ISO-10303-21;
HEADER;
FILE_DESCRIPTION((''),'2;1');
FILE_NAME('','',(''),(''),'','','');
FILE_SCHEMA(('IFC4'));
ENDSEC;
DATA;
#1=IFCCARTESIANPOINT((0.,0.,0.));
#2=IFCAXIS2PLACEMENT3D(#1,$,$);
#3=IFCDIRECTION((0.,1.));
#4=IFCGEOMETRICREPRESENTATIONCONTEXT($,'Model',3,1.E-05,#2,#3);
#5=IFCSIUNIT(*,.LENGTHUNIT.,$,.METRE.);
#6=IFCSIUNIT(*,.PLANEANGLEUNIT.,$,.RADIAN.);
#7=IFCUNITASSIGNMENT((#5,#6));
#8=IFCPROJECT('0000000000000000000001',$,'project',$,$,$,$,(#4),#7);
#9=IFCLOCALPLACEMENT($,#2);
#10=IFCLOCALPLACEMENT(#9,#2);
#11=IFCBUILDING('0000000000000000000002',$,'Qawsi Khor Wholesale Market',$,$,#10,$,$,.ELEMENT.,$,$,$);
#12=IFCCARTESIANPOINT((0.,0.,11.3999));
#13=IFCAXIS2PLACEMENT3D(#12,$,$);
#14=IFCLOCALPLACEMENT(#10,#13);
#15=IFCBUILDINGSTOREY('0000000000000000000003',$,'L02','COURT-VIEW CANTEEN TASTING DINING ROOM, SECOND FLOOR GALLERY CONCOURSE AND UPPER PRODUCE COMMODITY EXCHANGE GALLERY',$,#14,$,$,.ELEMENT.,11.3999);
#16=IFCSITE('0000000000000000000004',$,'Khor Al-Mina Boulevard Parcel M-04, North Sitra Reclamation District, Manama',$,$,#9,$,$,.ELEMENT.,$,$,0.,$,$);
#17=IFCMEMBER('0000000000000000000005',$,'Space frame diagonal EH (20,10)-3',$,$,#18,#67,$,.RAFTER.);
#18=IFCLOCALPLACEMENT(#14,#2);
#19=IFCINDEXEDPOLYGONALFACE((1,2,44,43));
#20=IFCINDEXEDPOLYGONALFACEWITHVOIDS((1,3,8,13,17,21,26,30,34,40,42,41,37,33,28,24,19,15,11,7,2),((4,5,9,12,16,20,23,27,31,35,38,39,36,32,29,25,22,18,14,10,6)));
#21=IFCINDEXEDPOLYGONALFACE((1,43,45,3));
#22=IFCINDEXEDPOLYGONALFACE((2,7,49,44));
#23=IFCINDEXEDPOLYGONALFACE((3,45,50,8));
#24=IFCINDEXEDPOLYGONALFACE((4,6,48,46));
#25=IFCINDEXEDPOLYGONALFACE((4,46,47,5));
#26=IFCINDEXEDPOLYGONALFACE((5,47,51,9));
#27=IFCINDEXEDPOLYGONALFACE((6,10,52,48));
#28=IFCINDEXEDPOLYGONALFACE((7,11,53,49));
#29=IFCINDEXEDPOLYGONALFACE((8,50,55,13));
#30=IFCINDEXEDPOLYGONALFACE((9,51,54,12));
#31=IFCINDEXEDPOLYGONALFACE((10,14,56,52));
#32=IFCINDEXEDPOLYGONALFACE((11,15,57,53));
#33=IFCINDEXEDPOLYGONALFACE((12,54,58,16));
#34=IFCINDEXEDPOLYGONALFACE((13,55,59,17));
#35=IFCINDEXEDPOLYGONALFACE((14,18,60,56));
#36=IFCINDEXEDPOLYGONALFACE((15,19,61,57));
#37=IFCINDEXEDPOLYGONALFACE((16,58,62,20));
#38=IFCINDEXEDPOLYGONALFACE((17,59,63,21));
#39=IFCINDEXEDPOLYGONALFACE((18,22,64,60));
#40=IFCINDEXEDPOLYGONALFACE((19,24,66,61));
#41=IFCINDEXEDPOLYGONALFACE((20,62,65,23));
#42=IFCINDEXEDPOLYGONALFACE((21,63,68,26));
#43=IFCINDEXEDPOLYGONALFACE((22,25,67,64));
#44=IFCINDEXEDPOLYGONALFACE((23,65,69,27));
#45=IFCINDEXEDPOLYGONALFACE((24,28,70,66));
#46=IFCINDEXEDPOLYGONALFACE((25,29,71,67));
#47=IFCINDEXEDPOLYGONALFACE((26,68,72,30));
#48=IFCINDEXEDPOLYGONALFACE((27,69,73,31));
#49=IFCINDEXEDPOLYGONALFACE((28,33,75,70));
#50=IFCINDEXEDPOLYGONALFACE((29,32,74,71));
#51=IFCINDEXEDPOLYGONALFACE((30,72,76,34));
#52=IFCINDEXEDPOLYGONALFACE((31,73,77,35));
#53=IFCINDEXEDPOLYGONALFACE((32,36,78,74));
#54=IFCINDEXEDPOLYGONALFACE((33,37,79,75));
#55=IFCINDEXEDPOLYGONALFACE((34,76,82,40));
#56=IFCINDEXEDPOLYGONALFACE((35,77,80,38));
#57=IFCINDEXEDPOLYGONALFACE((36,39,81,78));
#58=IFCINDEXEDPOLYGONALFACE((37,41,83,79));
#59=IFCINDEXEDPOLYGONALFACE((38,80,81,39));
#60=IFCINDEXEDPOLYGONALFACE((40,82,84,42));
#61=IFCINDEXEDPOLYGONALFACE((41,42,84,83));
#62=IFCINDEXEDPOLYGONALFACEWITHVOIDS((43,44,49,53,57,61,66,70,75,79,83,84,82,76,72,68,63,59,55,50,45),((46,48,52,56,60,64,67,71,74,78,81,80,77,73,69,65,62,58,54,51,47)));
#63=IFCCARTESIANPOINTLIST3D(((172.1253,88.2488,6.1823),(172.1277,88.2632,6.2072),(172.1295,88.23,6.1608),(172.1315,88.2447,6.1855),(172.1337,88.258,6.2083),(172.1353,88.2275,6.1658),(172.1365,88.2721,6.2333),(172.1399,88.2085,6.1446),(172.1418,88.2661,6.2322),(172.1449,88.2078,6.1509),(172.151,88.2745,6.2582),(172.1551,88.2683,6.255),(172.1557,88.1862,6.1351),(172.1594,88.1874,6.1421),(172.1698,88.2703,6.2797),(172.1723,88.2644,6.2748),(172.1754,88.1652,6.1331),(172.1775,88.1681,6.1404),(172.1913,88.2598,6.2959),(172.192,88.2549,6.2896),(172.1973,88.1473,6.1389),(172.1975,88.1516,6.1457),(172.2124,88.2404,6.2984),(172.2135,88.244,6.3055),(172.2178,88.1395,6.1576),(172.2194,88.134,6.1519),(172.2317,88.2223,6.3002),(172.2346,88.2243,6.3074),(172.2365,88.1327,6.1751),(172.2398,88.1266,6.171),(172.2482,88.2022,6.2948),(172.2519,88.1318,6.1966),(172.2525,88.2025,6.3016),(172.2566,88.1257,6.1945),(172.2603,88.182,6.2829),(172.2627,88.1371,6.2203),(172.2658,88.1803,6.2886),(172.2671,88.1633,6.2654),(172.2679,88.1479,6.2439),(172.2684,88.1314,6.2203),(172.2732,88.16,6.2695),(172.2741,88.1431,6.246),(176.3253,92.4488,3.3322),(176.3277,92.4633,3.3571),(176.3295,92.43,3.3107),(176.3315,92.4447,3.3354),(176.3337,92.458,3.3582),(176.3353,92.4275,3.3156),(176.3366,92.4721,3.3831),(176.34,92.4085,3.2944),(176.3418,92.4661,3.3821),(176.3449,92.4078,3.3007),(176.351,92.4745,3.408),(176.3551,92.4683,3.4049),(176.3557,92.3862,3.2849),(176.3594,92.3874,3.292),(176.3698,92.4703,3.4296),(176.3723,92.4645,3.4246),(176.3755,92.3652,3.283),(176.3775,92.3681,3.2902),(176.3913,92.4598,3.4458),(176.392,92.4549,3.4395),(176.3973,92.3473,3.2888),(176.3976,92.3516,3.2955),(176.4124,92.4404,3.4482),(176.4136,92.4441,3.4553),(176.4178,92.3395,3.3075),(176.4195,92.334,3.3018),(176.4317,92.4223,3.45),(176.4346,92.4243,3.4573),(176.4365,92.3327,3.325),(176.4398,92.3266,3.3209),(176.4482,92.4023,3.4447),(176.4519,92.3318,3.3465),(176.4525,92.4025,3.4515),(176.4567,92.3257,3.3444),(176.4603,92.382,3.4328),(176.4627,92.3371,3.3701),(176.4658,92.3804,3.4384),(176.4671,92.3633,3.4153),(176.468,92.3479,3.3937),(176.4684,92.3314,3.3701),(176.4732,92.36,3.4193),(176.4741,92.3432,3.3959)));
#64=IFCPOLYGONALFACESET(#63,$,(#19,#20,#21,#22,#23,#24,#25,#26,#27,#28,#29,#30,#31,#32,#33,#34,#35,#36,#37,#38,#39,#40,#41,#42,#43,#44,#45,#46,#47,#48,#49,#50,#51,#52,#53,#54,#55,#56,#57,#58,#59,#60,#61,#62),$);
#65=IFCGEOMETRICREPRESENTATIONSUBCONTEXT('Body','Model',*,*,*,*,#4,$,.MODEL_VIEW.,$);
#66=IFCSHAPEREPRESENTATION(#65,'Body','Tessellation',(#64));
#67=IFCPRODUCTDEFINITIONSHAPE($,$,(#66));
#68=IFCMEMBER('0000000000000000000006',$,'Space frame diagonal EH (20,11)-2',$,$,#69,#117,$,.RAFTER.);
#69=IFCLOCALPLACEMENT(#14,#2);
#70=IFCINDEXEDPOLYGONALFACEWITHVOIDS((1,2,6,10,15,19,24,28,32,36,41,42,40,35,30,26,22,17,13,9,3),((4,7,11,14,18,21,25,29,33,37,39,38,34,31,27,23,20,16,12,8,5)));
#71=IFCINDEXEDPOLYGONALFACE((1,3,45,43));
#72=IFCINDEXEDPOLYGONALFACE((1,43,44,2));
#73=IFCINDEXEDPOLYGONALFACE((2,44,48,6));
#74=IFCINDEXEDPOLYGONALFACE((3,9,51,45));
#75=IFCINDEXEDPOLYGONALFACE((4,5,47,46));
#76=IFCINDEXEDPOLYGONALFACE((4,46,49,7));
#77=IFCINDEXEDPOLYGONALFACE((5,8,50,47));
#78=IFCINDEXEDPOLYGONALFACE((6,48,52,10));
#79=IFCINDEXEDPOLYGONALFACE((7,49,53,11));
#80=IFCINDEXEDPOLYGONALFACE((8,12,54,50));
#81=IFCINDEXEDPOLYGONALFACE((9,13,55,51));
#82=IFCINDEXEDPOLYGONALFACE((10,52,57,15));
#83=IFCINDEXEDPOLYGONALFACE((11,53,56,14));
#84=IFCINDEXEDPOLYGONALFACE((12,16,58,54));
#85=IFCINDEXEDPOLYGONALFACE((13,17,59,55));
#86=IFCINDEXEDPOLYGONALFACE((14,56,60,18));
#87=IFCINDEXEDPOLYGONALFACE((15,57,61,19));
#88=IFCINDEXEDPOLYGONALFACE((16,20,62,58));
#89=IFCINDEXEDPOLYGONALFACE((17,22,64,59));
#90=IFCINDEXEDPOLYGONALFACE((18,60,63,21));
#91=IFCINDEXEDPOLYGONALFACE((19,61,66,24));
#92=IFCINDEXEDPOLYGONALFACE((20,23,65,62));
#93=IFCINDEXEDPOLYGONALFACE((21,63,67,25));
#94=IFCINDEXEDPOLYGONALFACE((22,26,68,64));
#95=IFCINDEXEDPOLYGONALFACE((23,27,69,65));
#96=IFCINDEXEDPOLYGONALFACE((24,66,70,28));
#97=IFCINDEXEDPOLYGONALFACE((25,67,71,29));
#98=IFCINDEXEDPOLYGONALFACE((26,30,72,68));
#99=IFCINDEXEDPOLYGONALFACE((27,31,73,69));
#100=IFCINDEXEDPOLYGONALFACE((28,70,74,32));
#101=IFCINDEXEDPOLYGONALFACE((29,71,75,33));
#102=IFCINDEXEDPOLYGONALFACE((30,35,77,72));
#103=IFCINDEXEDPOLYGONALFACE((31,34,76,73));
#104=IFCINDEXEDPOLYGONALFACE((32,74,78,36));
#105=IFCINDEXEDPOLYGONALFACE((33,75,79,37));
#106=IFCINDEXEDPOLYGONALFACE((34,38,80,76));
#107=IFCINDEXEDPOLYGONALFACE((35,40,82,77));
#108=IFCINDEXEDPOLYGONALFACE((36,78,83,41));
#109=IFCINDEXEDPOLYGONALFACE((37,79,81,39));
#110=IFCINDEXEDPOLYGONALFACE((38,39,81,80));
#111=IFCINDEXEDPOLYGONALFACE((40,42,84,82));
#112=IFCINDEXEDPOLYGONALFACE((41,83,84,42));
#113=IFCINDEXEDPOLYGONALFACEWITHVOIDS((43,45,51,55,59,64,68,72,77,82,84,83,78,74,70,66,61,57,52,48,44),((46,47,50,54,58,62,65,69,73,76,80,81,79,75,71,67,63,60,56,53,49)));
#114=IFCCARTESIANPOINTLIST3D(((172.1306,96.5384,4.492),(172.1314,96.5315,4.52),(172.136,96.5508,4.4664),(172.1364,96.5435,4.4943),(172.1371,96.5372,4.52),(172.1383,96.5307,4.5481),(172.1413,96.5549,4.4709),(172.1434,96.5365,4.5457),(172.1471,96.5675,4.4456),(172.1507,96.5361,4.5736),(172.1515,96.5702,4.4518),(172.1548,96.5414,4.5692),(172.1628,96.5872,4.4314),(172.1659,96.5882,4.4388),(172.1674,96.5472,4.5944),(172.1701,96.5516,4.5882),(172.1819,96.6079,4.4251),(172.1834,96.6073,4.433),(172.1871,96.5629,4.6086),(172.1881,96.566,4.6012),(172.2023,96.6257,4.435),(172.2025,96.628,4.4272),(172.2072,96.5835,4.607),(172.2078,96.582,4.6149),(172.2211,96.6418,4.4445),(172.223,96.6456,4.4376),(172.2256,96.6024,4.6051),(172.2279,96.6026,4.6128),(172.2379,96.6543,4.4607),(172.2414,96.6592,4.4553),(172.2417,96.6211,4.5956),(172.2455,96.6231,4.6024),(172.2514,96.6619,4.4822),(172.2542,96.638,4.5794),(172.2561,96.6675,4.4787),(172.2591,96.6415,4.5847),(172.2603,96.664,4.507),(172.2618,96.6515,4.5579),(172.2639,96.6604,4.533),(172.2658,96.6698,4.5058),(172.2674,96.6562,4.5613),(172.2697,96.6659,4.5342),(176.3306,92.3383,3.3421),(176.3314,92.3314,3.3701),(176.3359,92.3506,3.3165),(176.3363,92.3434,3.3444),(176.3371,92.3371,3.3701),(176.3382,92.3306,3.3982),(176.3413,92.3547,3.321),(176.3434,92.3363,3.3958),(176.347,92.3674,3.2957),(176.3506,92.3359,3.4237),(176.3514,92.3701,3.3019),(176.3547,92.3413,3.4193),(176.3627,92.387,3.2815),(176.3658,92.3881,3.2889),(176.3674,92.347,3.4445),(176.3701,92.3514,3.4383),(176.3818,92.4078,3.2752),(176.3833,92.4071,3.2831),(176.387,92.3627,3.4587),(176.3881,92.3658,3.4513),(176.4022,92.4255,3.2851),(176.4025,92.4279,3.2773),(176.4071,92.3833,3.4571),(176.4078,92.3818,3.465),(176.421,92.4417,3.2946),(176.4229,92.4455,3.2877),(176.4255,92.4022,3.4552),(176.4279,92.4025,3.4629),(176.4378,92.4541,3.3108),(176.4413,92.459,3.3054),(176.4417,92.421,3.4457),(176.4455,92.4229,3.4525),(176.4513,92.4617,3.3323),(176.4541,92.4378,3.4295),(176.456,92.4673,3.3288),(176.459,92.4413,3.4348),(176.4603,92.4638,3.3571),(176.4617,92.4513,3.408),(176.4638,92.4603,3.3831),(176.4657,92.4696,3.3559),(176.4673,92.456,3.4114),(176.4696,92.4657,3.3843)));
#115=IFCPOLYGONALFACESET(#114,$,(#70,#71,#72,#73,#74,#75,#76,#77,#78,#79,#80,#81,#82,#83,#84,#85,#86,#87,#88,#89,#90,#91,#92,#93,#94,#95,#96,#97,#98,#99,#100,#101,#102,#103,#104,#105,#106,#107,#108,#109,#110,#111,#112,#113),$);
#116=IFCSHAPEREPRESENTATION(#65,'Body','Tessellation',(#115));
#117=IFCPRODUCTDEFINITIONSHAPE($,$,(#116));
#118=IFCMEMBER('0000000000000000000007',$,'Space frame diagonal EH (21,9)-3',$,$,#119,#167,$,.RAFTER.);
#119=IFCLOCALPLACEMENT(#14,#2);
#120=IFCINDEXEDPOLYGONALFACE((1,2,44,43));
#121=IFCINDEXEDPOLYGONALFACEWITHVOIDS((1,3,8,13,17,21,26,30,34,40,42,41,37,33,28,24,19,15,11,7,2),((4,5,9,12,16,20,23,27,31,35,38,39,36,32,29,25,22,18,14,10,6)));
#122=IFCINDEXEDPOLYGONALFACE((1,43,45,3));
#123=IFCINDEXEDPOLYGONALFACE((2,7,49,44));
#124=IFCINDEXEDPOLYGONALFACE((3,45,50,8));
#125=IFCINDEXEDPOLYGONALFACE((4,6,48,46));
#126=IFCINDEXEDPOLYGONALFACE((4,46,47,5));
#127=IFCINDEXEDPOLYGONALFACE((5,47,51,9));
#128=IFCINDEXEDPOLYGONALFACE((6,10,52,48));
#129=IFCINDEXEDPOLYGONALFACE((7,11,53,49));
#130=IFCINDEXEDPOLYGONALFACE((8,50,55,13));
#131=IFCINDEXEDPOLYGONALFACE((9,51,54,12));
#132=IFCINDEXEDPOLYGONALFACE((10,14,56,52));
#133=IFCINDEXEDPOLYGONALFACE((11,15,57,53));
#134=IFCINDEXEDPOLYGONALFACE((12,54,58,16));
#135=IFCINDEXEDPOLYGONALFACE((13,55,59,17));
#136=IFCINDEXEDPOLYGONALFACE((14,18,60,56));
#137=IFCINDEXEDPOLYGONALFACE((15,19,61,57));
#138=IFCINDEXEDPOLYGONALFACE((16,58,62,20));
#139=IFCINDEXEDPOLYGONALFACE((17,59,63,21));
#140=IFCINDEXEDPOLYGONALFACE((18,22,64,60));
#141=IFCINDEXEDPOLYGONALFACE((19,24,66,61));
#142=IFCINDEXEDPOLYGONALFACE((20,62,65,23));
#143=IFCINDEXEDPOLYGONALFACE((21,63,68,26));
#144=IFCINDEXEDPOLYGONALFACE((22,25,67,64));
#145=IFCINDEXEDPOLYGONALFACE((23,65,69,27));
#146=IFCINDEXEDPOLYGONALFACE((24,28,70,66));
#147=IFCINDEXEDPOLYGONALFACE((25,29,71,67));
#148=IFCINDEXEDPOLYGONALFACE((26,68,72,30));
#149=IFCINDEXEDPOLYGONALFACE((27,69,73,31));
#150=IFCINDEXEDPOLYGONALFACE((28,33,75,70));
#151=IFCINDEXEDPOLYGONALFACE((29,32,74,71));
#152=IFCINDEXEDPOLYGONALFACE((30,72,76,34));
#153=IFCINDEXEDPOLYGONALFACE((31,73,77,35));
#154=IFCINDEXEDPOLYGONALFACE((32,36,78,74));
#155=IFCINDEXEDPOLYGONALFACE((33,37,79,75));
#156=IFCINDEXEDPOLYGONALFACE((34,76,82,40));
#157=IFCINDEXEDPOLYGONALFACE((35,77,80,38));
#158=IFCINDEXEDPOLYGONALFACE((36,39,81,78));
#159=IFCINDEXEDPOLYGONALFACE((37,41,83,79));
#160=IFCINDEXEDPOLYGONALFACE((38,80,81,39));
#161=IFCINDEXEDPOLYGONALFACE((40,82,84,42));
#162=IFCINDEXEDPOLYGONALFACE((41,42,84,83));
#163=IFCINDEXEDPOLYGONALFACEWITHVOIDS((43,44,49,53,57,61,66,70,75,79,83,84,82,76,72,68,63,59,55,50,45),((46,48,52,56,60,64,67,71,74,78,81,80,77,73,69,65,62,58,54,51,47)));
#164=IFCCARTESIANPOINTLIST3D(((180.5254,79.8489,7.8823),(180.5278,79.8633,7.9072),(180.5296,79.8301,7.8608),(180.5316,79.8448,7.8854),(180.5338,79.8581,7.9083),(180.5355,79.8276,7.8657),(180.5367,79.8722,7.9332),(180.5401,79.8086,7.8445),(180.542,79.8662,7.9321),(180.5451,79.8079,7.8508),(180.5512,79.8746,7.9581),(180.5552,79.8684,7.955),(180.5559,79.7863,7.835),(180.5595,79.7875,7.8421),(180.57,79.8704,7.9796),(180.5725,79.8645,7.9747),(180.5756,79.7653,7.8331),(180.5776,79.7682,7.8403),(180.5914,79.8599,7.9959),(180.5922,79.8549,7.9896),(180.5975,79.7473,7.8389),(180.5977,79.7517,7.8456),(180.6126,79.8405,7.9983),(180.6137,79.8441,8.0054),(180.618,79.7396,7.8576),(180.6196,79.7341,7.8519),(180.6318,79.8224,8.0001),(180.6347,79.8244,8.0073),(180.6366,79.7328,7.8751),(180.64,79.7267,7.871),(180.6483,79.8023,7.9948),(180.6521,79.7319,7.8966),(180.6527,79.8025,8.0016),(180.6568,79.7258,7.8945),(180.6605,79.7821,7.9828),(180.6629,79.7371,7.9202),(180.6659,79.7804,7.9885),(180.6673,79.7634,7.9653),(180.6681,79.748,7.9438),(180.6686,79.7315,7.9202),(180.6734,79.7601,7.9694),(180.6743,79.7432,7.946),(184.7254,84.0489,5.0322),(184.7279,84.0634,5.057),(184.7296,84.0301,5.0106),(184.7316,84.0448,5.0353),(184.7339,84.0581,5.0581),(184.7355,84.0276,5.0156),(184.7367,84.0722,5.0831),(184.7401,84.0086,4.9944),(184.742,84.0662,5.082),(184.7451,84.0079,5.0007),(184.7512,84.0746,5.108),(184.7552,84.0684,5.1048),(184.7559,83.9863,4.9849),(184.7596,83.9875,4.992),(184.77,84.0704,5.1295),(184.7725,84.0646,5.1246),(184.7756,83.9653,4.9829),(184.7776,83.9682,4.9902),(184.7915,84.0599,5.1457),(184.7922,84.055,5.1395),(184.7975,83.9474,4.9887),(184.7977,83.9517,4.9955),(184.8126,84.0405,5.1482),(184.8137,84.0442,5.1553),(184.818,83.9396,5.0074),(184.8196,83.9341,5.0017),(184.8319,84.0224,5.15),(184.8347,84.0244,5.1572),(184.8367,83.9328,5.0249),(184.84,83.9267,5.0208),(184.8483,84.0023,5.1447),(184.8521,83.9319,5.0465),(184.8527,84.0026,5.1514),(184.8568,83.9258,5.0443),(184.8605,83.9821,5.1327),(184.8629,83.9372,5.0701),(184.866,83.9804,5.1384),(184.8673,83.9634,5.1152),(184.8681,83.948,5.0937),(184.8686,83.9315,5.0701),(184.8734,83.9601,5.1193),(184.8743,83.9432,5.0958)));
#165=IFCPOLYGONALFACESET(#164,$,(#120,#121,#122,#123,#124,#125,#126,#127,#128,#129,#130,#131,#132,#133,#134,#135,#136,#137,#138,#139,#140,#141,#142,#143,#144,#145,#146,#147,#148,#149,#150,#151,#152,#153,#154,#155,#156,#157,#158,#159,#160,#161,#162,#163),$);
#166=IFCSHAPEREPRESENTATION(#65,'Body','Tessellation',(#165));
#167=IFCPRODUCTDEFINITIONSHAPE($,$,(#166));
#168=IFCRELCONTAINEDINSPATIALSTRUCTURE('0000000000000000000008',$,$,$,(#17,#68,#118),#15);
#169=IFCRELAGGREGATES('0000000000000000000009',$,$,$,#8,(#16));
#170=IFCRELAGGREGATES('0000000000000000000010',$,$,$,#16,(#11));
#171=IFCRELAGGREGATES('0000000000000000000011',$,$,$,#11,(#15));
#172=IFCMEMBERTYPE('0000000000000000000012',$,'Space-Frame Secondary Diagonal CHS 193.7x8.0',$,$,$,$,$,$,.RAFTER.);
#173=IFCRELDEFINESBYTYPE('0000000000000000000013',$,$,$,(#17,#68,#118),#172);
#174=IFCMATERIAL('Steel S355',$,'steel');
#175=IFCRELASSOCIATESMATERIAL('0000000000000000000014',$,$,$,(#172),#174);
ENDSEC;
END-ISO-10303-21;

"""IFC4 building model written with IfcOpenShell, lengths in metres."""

from ifc_helpers import new_model, si_unit, direction, frame, origin, origin_2d, place, context, subcontext, project, spatial, hollow_circle, extrude, material, material_profile, profile_set, type_object, element, save


model = new_model("IFC4")

# Units and contexts
model_context = context("Model", 3, precision=1e-05, world=origin(), true_north=direction((0.0, 1.0)))
body_context = subcontext(model_context, "Body", "Model", "MODEL_VIEW")
ifc_project = project(units=[si_unit("LENGTHUNIT", "METRE"), si_unit("PLANEANGLEUNIT", "RADIAN")], contexts=[model_context])

# Site, building, storey
site_placement = place(None, origin())
site = spatial("IfcSite", under=ifc_project, at=site_placement, Name="Khor Al-Mina Boulevard Parcel M-04, North Sitra Reclamation District, Manama", CompositionType="ELEMENT", RefElevation=0.0)
building_placement = place(site_placement, origin())
building = spatial("IfcBuilding", under=site, at=building_placement, Name="Qawsi Khor Wholesale Market", CompositionType="ELEMENT")
storey_placement = place(building_placement, frame((0.0, 0.0, 11.3999)))
storey = spatial("IfcBuildingStorey", under=building, at=storey_placement, Name="L02", Description="COURT-VIEW CANTEEN TASTING DINING ROOM, SECOND FLOOR GALLERY CONCOURSE AND UPPER PRODUCE COMMODITY EXCHANGE GALLERY", CompositionType="ELEMENT", Elevation=11.3999)

# Members
ifc_material_1 = material(Name="Steel S355", Category="steel")
ifc_material_profile_1 = material_profile(ifc_material_1, hollow_circle(Radius=0.0969, WallThickness=0.0081, at=origin_2d()), Name="CHS 193.7x8.0")
ifc_profile_set_1 = profile_set([ifc_material_profile_1], Name="Steel S355")
member_type_1 = type_object("IfcMemberType", Name="Space-Frame Secondary Diagonal CHS 193.7x8.0", PredefinedType="RAFTER", material=ifc_profile_set_1)
member_1_placement = place(storey_placement, frame((176.3999, 92.3999, 3.3701), z_axis=(-0.637512, -0.637512, 0.432617), x_axis=(0.707107, -0.707107, 0.0)))
element("IfcMember", 1, at=member_1_placement, inside=storey, type_object=member_type_1, Name="Space frame diagonal EH (20,10)-3", PredefinedType="RAFTER", context=body_context, shape_type="SweptSolid", body=[
    extrude(hollow_circle(Radius=0.0969, WallThickness=0.0081, at=origin_2d()), origin(), (0.0, 0.0, 1.0), 6.5881),
])
member_2_placement = place(storey_placement, frame((176.3999, 92.3999, 3.3701), z_axis=(-0.694197, 0.694238, 0.190064), x_axis=(-0.707127, -0.707086, 0.0)))
element("IfcMember", 2, at=member_2_placement, inside=storey, type_object=member_type_1, Name="Space frame diagonal EH (20,11)-2", PredefinedType="RAFTER", context=body_context, shape_type="SweptSolid", body=[
    extrude(hollow_circle(Radius=0.0969, WallThickness=0.0081, at=origin_2d()), origin(), (0.0, 0.0, 1.0), 6.05),
])
for number, where, z_axis, x_axis, name in (
    (3, (184.8, 84.0, 5.0701), (-0.637512, -0.637512, 0.432617), (0.707107, -0.707107, 0.0), "Space frame diagonal EH (21,9)-3"),
):
    element("IfcMember", number, at=place(storey_placement, frame(where, z_axis=z_axis, x_axis=x_axis)), inside=storey, type_object=member_type_1, Name=name, PredefinedType="RAFTER", context=body_context, shape_type="SweptSolid", body=[
        extrude(hollow_circle(Radius=0.0969, WallThickness=0.0081, at=origin_2d()), origin(), (0.0, 0.0, 1.0), 6.5881),
    ])

save(model, "model.ifc")
